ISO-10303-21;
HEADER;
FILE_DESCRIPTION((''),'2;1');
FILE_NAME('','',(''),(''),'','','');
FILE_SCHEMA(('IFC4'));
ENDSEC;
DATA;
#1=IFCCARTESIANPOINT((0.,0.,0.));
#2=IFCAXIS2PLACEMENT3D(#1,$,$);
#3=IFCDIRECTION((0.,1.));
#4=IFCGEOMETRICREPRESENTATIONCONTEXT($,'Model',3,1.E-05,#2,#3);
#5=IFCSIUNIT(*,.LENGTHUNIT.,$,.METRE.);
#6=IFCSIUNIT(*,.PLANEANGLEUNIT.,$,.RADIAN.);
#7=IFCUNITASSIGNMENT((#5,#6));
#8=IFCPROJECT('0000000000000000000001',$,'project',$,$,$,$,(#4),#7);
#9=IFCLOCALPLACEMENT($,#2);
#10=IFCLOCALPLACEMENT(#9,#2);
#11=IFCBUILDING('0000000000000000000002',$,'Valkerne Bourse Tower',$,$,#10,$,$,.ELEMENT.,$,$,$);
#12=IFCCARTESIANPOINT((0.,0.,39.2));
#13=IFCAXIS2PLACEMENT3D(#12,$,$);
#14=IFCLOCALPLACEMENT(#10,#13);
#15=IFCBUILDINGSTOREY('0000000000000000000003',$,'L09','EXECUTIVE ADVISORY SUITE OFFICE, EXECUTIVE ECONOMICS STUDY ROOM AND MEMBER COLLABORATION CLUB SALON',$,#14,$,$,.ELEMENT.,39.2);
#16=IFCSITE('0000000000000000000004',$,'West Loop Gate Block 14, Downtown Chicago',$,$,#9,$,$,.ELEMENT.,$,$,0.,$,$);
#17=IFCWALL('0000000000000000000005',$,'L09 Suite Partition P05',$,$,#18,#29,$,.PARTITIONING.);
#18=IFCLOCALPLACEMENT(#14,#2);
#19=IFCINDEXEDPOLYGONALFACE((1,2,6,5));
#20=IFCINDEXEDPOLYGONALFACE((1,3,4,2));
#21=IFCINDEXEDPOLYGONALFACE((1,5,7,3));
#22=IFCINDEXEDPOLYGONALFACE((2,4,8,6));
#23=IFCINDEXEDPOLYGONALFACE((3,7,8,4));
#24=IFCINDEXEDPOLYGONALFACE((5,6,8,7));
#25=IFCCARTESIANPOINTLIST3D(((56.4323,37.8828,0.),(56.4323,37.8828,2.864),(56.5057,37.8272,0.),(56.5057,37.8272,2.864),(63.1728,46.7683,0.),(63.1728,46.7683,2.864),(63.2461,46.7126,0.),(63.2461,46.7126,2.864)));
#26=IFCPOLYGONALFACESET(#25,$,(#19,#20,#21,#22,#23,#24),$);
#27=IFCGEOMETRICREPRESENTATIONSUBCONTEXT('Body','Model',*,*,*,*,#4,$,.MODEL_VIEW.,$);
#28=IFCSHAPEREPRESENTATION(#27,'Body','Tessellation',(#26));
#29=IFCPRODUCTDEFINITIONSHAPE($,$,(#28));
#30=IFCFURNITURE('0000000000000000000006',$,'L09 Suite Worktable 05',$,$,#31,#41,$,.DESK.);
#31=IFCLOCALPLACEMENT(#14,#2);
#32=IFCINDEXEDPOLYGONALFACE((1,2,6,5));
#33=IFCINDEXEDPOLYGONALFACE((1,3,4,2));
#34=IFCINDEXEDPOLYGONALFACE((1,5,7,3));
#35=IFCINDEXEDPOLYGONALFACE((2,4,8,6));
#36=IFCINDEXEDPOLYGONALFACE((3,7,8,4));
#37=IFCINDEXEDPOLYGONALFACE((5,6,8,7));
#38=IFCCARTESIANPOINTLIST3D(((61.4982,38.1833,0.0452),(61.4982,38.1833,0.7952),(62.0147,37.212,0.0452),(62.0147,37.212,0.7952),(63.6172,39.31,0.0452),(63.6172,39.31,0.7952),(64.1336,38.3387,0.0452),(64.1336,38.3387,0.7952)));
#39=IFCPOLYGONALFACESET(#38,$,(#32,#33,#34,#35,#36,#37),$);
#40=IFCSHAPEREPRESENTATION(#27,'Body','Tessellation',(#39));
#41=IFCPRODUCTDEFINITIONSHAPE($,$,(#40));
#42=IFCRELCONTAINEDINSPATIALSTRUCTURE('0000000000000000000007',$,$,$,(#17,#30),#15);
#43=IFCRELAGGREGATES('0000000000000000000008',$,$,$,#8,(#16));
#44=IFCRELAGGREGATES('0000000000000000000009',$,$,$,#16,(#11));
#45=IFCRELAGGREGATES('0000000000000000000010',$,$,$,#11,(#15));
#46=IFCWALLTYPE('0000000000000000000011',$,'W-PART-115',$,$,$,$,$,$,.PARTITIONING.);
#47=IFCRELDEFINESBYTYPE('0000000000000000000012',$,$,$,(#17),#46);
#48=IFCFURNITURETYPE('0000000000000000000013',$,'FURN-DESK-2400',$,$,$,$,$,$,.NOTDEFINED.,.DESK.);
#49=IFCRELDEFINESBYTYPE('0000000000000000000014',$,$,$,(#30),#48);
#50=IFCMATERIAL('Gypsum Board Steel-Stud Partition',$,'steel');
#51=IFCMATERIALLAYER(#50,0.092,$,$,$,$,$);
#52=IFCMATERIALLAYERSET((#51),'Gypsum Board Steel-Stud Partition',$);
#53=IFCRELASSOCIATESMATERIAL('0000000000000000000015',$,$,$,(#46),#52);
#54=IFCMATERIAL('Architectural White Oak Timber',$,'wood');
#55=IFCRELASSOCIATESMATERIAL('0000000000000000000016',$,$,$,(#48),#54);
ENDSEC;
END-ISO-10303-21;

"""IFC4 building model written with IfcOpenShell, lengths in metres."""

from ifc_helpers import new_model, si_unit, direction, frame, frame_2d, origin, origin_2d, place, context, subcontext, project, spatial, rectangle, extrude, material, layer, layer_set, type_object, element, save


model = new_model("IFC4")

# Units and contexts
model_context = context("Model", 3, precision=1e-05, world=origin(), true_north=direction((0.0, 1.0)))
body_context = subcontext(model_context, "Body", "Model", "MODEL_VIEW")
ifc_project = project(units=[si_unit("LENGTHUNIT", "METRE"), si_unit("PLANEANGLEUNIT", "RADIAN")], contexts=[model_context])

# Site, building, storey
site_placement = place(None, origin())
site = spatial("IfcSite", under=ifc_project, at=site_placement, Name="West Loop Gate Block 14, Downtown Chicago", CompositionType="ELEMENT", RefElevation=0.0)
building_placement = place(site_placement, origin())
building = spatial("IfcBuilding", under=site, at=building_placement, Name="Valkerne Bourse Tower", CompositionType="ELEMENT")
storey_placement = place(building_placement, frame((0.0, 0.0, 39.2)))
storey = spatial("IfcBuildingStorey", under=building, at=storey_placement, Name="L09", Description="EXECUTIVE ADVISORY SUITE OFFICE, EXECUTIVE ECONOMICS STUDY ROOM AND MEMBER COLLABORATION CLUB SALON", CompositionType="ELEMENT", Elevation=39.2)

# Shared definitions
ifc_material_1 = material(Name="Gypsum Board Steel-Stud Partition", Category="steel")
ifc_material_2 = material(Name="Architectural White Oak Timber", Category="wood")

# Wall
ifc_layer_1 = layer(ifc_material_1, 0.092)
ifc_layer_set_1 = layer_set([ifc_layer_1], Name="Gypsum Board Steel-Stud Partition")
wall_type_1 = type_object("IfcWallType", Name="W-PART-115", PredefinedType="PARTITIONING", material=ifc_layer_set_1)
wall_1_placement = place(storey_placement, frame((56.469, 37.855, 0.0), z_axis=(0.0, 0.0, 1.0), x_axis=(0.604373, 0.796702, 0.0)))
element("IfcWall", 1, at=wall_1_placement, inside=storey, type_object=wall_type_1, Name="L09 Suite Partition P05", PredefinedType="PARTITIONING", context=body_context, shape_type="SweptSolid", body=[
    extrude(rectangle(XDim=11.1528, YDim=0.092, at=frame_2d((5.5764, 0.0))), origin(), (0.0, 0.0, 1.0), 2.864),
])

# Furniture
furniture_type = type_object("IfcFurnitureType", Name="FURN-DESK-2400", AssemblyPlace="NOTDEFINED", PredefinedType="DESK", material=ifc_material_2)
furniture_placement = place(storey_placement, frame((62.8159, 38.261, 0.0452), z_axis=(0.0, 0.0, 1.0), x_axis=(0.882948, 0.469472, 0.0)))
element("IfcFurniture", 2, at=furniture_placement, inside=storey, type_object=furniture_type, Name="L09 Suite Worktable 05", PredefinedType="DESK", context=body_context, shape_type="SweptSolid", body=[
    extrude(rectangle(XDim=2.3999, YDim=1.1001, at=origin_2d()), origin(), (0.0, 0.0, 1.0), 0.75),
])

save(model, "model.ifc")
